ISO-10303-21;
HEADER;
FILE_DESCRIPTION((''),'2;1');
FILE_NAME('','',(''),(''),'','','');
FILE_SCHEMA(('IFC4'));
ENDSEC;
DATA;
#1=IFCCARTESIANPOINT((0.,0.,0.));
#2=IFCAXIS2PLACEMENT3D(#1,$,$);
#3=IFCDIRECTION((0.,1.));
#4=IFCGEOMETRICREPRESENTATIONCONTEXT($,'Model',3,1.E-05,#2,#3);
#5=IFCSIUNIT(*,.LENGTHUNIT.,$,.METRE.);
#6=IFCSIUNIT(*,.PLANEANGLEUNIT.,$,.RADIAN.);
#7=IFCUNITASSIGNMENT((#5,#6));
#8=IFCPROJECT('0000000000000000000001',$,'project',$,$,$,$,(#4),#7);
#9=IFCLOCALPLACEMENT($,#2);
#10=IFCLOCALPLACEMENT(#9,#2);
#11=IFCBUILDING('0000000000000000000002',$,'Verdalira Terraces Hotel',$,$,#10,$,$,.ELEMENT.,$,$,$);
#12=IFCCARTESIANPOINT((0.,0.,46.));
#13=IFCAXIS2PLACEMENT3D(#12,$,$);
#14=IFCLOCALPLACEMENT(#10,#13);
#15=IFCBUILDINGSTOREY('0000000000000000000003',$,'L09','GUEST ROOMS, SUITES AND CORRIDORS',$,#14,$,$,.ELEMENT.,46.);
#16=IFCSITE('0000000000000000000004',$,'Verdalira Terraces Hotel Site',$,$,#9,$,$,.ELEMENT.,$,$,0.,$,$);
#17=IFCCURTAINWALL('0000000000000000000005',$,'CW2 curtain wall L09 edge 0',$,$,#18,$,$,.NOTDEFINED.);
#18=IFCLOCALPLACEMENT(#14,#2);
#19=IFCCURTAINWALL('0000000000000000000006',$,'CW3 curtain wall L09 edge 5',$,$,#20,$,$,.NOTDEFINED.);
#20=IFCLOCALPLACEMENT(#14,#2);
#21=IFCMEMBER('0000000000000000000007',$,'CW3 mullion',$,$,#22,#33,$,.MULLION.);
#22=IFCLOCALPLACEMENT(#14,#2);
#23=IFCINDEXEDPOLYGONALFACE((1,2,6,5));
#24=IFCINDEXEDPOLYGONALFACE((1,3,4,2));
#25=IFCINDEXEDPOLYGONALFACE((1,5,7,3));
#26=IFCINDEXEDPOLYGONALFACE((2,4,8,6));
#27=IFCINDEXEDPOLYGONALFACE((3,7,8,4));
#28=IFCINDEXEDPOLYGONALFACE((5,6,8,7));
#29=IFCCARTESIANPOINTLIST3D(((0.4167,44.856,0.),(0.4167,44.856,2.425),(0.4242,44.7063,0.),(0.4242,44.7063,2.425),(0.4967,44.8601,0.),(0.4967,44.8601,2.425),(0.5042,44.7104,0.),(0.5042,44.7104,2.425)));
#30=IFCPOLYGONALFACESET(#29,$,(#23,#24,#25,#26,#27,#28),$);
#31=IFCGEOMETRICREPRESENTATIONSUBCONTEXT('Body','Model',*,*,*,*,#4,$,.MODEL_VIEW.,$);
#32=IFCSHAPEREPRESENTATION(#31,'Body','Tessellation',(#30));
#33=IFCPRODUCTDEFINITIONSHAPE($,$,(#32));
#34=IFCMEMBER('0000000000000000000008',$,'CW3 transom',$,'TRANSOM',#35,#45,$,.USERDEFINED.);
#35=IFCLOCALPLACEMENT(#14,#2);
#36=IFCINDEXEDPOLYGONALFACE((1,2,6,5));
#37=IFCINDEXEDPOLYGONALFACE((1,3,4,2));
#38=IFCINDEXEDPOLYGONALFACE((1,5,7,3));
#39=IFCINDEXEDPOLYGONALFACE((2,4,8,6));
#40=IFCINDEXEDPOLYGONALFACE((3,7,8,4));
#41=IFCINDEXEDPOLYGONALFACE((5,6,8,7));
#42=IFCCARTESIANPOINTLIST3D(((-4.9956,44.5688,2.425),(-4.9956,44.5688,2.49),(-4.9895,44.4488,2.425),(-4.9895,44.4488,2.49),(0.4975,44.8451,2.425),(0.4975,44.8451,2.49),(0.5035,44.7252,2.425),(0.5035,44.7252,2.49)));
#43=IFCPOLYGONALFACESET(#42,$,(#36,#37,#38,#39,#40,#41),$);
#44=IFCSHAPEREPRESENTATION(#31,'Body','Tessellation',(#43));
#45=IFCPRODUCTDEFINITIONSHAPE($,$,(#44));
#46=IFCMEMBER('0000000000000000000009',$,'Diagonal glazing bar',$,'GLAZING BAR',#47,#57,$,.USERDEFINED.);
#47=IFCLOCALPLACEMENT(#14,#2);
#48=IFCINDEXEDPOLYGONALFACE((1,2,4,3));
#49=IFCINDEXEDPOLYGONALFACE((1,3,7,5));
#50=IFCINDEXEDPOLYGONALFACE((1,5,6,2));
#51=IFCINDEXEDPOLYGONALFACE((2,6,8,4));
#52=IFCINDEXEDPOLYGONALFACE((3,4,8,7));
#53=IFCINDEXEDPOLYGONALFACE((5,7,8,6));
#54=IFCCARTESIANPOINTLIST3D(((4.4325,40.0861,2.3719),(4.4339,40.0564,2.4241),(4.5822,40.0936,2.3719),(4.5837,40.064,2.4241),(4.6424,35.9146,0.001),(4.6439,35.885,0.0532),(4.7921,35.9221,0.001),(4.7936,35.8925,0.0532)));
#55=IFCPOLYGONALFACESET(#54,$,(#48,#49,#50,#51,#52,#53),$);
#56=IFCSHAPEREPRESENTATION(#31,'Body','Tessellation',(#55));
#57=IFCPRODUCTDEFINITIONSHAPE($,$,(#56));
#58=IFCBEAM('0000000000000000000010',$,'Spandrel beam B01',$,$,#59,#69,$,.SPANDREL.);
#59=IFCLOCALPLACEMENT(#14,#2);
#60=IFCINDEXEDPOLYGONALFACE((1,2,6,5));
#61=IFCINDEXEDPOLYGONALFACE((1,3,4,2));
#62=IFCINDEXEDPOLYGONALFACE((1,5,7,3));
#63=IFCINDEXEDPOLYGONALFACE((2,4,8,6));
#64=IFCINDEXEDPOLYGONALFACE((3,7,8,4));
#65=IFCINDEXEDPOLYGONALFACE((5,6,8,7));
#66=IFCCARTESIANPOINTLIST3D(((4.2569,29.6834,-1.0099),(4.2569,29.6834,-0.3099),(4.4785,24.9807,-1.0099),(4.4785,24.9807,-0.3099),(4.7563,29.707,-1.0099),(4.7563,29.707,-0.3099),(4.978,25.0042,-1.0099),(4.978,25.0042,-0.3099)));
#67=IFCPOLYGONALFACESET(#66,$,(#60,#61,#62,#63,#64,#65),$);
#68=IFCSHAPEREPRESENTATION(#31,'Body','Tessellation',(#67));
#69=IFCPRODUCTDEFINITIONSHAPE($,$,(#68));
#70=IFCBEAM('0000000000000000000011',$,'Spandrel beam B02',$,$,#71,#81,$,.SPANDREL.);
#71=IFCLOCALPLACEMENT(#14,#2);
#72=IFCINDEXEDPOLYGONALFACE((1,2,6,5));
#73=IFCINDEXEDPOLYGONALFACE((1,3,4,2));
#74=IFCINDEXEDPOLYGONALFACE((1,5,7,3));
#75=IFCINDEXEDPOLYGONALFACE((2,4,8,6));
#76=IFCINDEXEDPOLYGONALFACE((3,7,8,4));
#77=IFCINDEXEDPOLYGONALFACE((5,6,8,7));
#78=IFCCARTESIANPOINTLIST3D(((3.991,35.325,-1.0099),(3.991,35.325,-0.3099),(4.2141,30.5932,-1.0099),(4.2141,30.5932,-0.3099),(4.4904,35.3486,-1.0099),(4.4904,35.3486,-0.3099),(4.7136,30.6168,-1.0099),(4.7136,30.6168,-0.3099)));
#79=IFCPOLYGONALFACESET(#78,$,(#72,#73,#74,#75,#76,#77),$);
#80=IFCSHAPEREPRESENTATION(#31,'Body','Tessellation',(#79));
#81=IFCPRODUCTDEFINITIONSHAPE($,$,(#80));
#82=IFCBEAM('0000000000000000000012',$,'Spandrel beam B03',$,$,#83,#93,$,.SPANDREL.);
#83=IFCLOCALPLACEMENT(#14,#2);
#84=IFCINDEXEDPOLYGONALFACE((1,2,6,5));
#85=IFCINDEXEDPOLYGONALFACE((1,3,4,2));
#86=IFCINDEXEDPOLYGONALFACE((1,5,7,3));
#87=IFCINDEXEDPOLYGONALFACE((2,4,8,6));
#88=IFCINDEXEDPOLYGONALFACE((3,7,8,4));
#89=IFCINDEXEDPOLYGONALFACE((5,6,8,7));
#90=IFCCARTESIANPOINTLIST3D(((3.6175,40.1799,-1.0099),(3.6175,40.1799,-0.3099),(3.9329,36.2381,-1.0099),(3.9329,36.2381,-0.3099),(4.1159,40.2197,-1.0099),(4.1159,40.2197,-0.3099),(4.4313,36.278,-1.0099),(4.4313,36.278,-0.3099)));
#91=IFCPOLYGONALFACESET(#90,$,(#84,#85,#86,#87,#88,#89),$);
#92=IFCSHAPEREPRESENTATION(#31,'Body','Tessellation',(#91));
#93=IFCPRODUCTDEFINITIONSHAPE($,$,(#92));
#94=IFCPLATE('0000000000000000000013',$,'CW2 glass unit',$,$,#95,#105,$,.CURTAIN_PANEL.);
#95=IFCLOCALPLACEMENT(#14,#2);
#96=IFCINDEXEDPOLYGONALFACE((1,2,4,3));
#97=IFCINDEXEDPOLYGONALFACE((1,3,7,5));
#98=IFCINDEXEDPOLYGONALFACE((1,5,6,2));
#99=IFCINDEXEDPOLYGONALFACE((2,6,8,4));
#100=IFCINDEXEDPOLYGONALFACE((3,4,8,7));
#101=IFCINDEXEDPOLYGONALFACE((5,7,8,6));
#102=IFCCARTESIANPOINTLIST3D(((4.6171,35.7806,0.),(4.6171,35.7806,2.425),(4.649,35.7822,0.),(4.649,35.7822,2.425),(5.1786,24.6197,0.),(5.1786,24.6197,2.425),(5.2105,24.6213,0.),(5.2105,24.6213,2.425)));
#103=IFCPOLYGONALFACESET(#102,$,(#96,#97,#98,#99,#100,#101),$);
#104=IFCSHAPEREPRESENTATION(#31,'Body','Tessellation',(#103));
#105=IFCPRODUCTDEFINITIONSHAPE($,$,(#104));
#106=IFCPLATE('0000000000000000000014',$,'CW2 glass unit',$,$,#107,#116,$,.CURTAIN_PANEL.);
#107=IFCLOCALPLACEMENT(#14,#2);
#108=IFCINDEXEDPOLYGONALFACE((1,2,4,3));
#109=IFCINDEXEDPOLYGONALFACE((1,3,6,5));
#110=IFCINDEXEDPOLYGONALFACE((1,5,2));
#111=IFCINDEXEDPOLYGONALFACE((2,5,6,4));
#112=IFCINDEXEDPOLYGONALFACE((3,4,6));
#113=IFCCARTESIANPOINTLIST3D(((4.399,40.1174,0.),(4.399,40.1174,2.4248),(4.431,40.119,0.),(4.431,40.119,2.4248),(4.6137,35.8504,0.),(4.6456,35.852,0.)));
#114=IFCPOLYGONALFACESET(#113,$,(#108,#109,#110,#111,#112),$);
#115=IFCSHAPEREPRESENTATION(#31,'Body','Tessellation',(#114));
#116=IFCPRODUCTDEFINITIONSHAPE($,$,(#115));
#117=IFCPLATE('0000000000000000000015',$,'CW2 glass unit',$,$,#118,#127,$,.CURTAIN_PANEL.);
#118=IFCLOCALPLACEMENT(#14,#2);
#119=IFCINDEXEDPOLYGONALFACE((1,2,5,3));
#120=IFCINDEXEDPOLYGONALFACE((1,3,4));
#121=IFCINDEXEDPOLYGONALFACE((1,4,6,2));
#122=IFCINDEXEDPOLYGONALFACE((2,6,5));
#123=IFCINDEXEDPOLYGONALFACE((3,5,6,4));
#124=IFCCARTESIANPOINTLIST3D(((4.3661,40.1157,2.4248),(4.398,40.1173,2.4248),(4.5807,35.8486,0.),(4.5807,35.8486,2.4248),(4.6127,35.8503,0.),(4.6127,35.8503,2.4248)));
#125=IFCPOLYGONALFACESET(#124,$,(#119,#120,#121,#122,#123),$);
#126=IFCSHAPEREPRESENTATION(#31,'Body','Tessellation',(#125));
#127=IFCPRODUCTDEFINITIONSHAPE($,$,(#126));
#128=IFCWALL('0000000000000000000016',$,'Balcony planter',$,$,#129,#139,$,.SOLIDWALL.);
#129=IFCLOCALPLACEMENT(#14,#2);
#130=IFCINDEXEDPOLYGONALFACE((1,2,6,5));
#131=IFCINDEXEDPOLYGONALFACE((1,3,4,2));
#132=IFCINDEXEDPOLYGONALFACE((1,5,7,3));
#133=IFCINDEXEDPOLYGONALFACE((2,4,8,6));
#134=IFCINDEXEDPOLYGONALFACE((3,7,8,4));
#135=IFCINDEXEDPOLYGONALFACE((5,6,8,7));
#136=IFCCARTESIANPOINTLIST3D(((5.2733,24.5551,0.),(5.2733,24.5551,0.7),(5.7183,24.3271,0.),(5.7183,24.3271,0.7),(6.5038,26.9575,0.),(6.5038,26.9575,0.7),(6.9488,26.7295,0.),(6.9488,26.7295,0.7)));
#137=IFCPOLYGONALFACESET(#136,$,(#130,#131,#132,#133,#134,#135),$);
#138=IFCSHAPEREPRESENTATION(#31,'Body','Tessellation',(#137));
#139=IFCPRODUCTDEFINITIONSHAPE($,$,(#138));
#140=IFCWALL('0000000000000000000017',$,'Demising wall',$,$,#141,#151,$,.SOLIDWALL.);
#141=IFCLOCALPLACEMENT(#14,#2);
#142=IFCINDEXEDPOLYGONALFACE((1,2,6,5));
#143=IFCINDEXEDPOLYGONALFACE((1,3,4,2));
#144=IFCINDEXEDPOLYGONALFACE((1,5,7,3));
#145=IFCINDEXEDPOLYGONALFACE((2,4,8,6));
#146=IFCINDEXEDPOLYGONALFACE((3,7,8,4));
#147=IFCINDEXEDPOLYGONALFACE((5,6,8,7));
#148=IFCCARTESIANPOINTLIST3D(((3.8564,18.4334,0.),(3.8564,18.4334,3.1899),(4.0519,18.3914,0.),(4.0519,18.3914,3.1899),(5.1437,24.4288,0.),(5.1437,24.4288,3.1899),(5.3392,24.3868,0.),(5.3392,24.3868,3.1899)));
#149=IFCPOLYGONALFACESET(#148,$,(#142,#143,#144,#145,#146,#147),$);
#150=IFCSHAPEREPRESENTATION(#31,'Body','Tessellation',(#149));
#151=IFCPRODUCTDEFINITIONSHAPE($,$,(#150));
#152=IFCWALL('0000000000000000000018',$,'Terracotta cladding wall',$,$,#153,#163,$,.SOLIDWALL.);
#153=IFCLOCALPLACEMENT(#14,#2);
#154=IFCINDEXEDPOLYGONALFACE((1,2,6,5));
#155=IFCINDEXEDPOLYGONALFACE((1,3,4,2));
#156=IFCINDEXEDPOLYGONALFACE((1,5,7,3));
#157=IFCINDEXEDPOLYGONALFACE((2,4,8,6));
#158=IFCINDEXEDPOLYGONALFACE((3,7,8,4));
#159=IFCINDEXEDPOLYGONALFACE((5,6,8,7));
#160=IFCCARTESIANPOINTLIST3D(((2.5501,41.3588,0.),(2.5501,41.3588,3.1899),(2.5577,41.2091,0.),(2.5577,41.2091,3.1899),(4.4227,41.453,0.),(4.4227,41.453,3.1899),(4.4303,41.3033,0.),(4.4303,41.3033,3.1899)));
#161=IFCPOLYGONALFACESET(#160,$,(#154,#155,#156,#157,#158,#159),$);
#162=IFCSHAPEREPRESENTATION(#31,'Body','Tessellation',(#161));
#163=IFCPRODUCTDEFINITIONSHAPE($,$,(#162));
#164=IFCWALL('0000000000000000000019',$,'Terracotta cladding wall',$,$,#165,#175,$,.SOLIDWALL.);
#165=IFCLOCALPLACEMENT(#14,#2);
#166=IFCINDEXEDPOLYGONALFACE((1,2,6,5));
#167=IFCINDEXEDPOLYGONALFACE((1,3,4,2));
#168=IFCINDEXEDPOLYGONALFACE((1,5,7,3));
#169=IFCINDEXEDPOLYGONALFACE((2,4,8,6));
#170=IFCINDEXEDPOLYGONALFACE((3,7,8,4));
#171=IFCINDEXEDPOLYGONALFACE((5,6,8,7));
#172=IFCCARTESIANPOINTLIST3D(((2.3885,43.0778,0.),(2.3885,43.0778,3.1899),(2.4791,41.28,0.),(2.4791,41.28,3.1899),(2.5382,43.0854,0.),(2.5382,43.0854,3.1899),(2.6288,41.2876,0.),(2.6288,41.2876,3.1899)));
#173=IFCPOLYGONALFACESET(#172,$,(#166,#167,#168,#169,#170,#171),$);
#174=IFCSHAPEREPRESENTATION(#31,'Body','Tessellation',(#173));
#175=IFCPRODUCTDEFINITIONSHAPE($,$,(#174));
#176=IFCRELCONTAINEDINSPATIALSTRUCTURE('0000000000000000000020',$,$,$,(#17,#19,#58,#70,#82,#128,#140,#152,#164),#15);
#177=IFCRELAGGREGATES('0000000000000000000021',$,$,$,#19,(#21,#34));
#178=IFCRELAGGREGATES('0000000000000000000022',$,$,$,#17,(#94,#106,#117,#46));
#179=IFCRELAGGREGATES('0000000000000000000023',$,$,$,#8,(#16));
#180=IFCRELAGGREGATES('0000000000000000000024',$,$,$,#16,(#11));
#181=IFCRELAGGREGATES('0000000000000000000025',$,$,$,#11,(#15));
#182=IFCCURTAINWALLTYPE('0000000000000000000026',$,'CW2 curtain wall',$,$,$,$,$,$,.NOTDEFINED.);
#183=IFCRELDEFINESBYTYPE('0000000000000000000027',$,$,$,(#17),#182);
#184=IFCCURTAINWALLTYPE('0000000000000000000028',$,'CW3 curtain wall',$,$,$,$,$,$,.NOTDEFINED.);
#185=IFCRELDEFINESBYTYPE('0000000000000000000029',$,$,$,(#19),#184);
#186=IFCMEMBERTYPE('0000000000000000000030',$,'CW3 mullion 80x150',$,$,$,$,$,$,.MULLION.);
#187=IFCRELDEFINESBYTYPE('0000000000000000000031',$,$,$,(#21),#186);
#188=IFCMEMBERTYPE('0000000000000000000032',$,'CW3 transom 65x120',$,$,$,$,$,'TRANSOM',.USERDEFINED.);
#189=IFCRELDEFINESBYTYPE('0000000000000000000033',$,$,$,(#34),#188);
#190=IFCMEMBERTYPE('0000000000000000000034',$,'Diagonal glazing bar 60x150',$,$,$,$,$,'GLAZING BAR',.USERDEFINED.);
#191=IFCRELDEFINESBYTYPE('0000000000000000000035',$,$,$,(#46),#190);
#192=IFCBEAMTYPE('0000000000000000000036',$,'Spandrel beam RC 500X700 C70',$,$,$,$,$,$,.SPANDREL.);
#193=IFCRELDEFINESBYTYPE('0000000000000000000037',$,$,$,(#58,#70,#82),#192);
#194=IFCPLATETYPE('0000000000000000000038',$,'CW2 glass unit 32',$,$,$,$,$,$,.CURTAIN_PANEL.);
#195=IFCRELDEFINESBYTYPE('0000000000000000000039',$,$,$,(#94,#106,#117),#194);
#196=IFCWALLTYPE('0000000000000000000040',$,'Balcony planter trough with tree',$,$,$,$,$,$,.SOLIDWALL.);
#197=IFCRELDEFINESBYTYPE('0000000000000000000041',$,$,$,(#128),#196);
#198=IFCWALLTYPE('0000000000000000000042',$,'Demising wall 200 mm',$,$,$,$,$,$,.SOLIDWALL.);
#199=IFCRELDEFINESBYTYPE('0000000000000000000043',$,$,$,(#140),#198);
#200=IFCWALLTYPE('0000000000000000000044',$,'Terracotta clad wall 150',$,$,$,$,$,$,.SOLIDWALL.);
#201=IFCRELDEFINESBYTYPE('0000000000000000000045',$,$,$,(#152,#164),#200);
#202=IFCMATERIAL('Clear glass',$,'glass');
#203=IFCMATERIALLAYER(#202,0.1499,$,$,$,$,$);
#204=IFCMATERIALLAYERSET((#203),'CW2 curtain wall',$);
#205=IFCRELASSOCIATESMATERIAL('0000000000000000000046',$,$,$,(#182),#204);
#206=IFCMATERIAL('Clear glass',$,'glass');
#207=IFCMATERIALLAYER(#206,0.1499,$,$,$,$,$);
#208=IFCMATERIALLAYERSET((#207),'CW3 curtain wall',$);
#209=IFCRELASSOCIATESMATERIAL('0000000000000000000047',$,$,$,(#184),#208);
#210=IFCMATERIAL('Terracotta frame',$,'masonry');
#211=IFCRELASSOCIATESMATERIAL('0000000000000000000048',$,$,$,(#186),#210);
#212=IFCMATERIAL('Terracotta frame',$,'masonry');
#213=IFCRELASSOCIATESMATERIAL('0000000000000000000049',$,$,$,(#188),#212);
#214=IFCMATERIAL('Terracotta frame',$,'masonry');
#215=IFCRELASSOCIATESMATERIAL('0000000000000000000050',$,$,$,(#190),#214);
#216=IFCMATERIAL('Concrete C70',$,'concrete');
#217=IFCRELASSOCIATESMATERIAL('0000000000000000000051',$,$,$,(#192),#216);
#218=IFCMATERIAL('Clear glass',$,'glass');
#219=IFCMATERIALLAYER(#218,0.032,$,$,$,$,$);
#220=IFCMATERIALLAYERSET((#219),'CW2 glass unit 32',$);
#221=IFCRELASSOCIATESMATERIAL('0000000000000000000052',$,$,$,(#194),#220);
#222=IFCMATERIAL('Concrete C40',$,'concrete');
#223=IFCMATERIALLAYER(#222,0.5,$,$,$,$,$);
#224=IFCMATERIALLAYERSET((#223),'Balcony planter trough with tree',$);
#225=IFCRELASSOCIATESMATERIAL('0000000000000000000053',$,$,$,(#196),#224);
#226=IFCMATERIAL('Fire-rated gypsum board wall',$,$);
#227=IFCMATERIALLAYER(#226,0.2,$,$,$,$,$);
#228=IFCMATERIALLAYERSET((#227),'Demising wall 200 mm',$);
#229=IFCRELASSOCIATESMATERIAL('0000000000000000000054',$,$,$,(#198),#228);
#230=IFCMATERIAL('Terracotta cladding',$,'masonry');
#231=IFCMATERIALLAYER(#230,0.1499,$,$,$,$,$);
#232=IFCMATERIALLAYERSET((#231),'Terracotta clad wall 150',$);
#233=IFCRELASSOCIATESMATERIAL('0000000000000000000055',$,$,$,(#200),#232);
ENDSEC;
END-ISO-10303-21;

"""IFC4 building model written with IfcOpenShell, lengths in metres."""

from ifc_helpers import new_model, si_unit, direction, frame, frame_2d, origin, origin_2d, place, context, subcontext, project, spatial, polyline, rectangle, outline, extrude, material, layer, layer_set, material_profile, profile_set, type_object, element, aggregate, save


model = new_model("IFC4")

# Units and contexts
model_context = context("Model", 3, precision=1e-05, world=origin(), true_north=direction((0.0, 1.0)))
body_context = subcontext(model_context, "Body", "Model", "MODEL_VIEW")
ifc_project = project(units=[si_unit("LENGTHUNIT", "METRE"), si_unit("PLANEANGLEUNIT", "RADIAN")], contexts=[model_context])

# Site, building, storey
site_placement = place(None, origin())
site = spatial("IfcSite", under=ifc_project, at=site_placement, Name="Verdalira Terraces Hotel Site", CompositionType="ELEMENT", RefElevation=0.0)
building_placement = place(site_placement, origin())
building = spatial("IfcBuilding", under=site, at=building_placement, Name="Verdalira Terraces Hotel", CompositionType="ELEMENT")
storey_placement = place(building_placement, frame((0.0, 0.0, 46.0)))
storey = spatial("IfcBuildingStorey", under=building, at=storey_placement, Name="L09", Description="GUEST ROOMS, SUITES AND CORRIDORS", CompositionType="ELEMENT", Elevation=46.0)

# Curtain walls, members
ifc_material_1 = material(Name="Clear glass", Category="glass")
ifc_layer_1 = layer(ifc_material_1, 0.1499)
ifc_layer_set_1 = layer_set([ifc_layer_1], Name="CW2 curtain wall")
curtain_wall_type_1 = type_object("IfcCurtainWallType", Name="CW2 curtain wall", PredefinedType="NOTDEFINED", material=ifc_layer_set_1)
curtain_wall_1_placement = place(storey_placement, origin())
curtain_wall_1 = element("IfcCurtainWall", 1, at=curtain_wall_1_placement, inside=storey, type_object=curtain_wall_type_1, Name="CW2 curtain wall L09 edge 0", PredefinedType="NOTDEFINED")
ifc_material_2 = material(Name="Clear glass", Category="glass")
ifc_layer_2 = layer(ifc_material_2, 0.1499)
ifc_layer_set_2 = layer_set([ifc_layer_2], Name="CW3 curtain wall")
curtain_wall_type_2 = type_object("IfcCurtainWallType", Name="CW3 curtain wall", PredefinedType="NOTDEFINED", material=ifc_layer_set_2)
curtain_wall_2_placement = place(storey_placement, origin())
curtain_wall_2 = element("IfcCurtainWall", 2, at=curtain_wall_2_placement, inside=storey, type_object=curtain_wall_type_2, Name="CW3 curtain wall L09 edge 5", PredefinedType="NOTDEFINED")
ifc_material_3 = material(Name="Terracotta frame", Category="masonry")
ifc_material_profile_1 = material_profile(ifc_material_3, rectangle(XDim=0.0801, YDim=0.1499, at=origin_2d()), Name="MU 80x150")
ifc_profile_set_1 = profile_set([ifc_material_profile_1], Name="Terracotta frame")
member_type_1 = type_object("IfcMemberType", Name="CW3 mullion 80x150", PredefinedType="MULLION", material=ifc_profile_set_1)
member_1_placement = place(storey_placement, frame((0.4604, 44.7832, 0.0), z_axis=(0.0, 0.0, 1.0), x_axis=(-0.998737, -0.050244, 0.0)))
member_1 = element("IfcMember", 3, at=member_1_placement, type_object=member_type_1, Name="CW3 mullion", PredefinedType="MULLION", context=body_context, shape_type="SweptSolid", body=[
    extrude(rectangle(XDim=0.0801, YDim=0.1499, at=origin_2d()), origin(), (0.0, 0.0, 1.0), 2.425),
])
ifc_material_4 = material(Name="Terracotta frame", Category="masonry")
ifc_material_profile_2 = material_profile(ifc_material_4, rectangle(XDim=0.1201, YDim=0.0649, at=origin_2d()), Name="TR 65x120")
ifc_profile_set_2 = profile_set([ifc_material_profile_2], Name="Terracotta frame")
member_type_2 = type_object("IfcMemberType", Name="CW3 transom 65x120", ElementType="TRANSOM", PredefinedType="USERDEFINED", material=ifc_profile_set_2)
member_2_placement = place(storey_placement, frame((0.5005, 44.7852, 2.4575), z_axis=(-0.998737, -0.050248, 0.0), x_axis=(0.050248, -0.998737, 0.0)))
member_2 = element("IfcMember", 4, at=member_2_placement, type_object=member_type_2, Name="CW3 transom", ObjectType="TRANSOM", PredefinedType="USERDEFINED", context=body_context, shape_type="SweptSolid", body=[
    extrude(rectangle(XDim=0.1201, YDim=0.0649, at=origin_2d()), origin(), (0.0, 0.0, 1.0), 5.5),
])
aggregate(curtain_wall_2, [member_1, member_2])

# Member
ifc_material_5 = material(Name="Terracotta frame", Category="masonry")
ifc_material_profile_3 = material_profile(ifc_material_5, rectangle(XDim=0.1499, YDim=0.0601, at=origin_2d()), Name="GB 60x150")
ifc_profile_set_3 = profile_set([ifc_material_profile_3], Name="Terracotta frame")
member_type_3 = type_object("IfcMemberType", Name="Diagonal glazing bar 60x150", ElementType="GLAZING BAR", PredefinedType="USERDEFINED", material=ifc_profile_set_3)
member_3_placement = place(storey_placement, frame((4.718, 35.9036, 0.0271), z_axis=(-0.043718, 0.868559, 0.493654), x_axis=(-0.998736, -0.05027, 0.0)))
member_3 = element("IfcMember", 5, at=member_3_placement, type_object=member_type_3, Name="Diagonal glazing bar", ObjectType="GLAZING BAR", PredefinedType="USERDEFINED", context=body_context, shape_type="SweptSolid", body=[
    extrude(rectangle(XDim=0.1499, YDim=0.0601, at=origin_2d()), origin(), (0.0, 0.0, 1.0), 4.8027),
])

# Beams
ifc_material_6 = material(Name="Concrete C70", Category="concrete")
ifc_material_profile_4 = material_profile(ifc_material_6, rectangle(XDim=0.5, YDim=0.7, at=origin_2d()), Name="RC 500X700")
ifc_profile_set_4 = profile_set([ifc_material_profile_4], Name="Concrete C70")
beam_type_1 = type_object("IfcBeamType", Name="Spandrel beam RC 500X700 C70", PredefinedType="SPANDREL", material=ifc_profile_set_4)
beam_1_placement = place(storey_placement, frame((4.7283, 24.9924, -0.6599), z_axis=(-0.047085, 0.998891, 0.0), x_axis=(-0.998891, -0.047085, 0.0)))
element("IfcBeam", 6, at=beam_1_placement, inside=storey, type_object=beam_type_1, Name="Spandrel beam B01", PredefinedType="SPANDREL", context=body_context, shape_type="SweptSolid", body=[
    extrude(rectangle(XDim=0.5, YDim=0.7, at=origin_2d()), origin(), (0.0, 0.0, 1.0), 4.708),
])
beam_2_placement = place(storey_placement, frame((4.4639, 30.605, -0.6599), z_axis=(-0.047107, 0.99889, 0.0), x_axis=(-0.99889, -0.047107, 0.0)))
element("IfcBeam", 7, at=beam_2_placement, inside=storey, type_object=beam_type_1, Name="Spandrel beam B02", PredefinedType="SPANDREL", context=body_context, shape_type="SweptSolid", body=[
    extrude(rectangle(XDim=0.5, YDim=0.7, at=origin_2d()), origin(), (0.0, 0.0, 1.0), 4.7371),
])
beam_3_placement = place(storey_placement, frame((4.1821, 36.2581, -0.6599), z_axis=(-0.07977, 0.996813, 0.0), x_axis=(-0.996813, -0.07977, 0.0)))
element("IfcBeam", 8, at=beam_3_placement, inside=storey, type_object=beam_type_1, Name="Spandrel beam B03", PredefinedType="SPANDREL", context=body_context, shape_type="SweptSolid", body=[
    extrude(rectangle(XDim=0.5, YDim=0.7, at=origin_2d()), origin(), (0.0, 0.0, 1.0), 3.9543),
])

# Plates
ifc_material_7 = material(Name="Clear glass", Category="glass")
ifc_layer_3 = layer(ifc_material_7, 0.032)
ifc_layer_set_3 = layer_set([ifc_layer_3], Name="CW2 glass unit 32")
plate_type = type_object("IfcPlateType", Name="CW2 glass unit 32", PredefinedType="CURTAIN_PANEL", material=ifc_layer_set_3)
plate_1_placement = place(storey_placement, frame((4.9138, 30.2009, 0.0), z_axis=(0.0, 0.0, 1.0), x_axis=(-0.050244, 0.998737, 0.0)))
plate_1 = element("IfcPlate", 9, at=plate_1_placement, type_object=plate_type, Name="CW2 glass unit", PredefinedType="CURTAIN_PANEL", context=body_context, shape_type="SweptSolid", body=[
    extrude(rectangle(XDim=11.175, YDim=0.032, at=origin_2d()), origin(), (0.0, 0.0, 1.0), 2.425),
])
plate_2_placement = place(storey_placement, frame((4.5063, 37.9839, 1.2124), z_axis=(0.998737, 0.050244, 0.0), x_axis=(-0.050244, 0.998737, 0.0)))
plate_2 = element("IfcPlate", 10, at=plate_2_placement, type_object=plate_type, Name="CW2 glass unit", PredefinedType="CURTAIN_PANEL", context=body_context, shape_type="SweptSolid", body=[
    extrude(outline(polyline([(-2.1362, -1.2124), (2.1362, -1.2124), (2.1362, 1.2124), (-2.1362, -1.2124)])), origin(), (0.0, 0.0, 1.0), 0.032),
])
plate_3_placement = place(storey_placement, frame((4.4734, 37.9822, 1.2124), z_axis=(0.998737, 0.050244, 0.0), x_axis=(-0.050244, 0.998737, 0.0)))
plate_3 = element("IfcPlate", 11, at=plate_3_placement, type_object=plate_type, Name="CW2 glass unit", PredefinedType="CURTAIN_PANEL", context=body_context, shape_type="SweptSolid", body=[
    extrude(outline(polyline([(-2.1362, -1.2124), (2.1362, 1.2124), (-2.1362, 1.2124), (-2.1362, -1.2124)])), origin(), (0.0, 0.0, 1.0), 0.032),
])
aggregate(curtain_wall_1, [plate_1, plate_2, plate_3, member_3])

# Walls
ifc_material_8 = material(Name="Concrete C40", Category="concrete")
ifc_layer_4 = layer(ifc_material_8, 0.5)
ifc_layer_set_4 = layer_set([ifc_layer_4], Name="Balcony planter trough with tree")
wall_type_1 = type_object("IfcWallType", Name="Balcony planter trough with tree", PredefinedType="SOLIDWALL", material=ifc_layer_set_4)
wall_1_placement = place(storey_placement, frame((6.7263, 26.8435, 0.0), z_axis=(0.0, 0.0, 1.0), x_axis=(-0.455876, -0.890043, 0.0)))
element("IfcWall", 12, at=wall_1_placement, inside=storey, type_object=wall_type_1, Name="Balcony planter", PredefinedType="SOLIDWALL", context=body_context, shape_type="SweptSolid", body=[
    extrude(rectangle(XDim=2.6992, YDim=0.5, at=frame_2d((1.3496, 0.0))), origin(), (0.0, 0.0, 1.0), 0.7),
])
ifc_material_9 = material(Name="Fire-rated gypsum board wall")
ifc_layer_5 = layer(ifc_material_9, 0.2)
ifc_layer_set_5 = layer_set([ifc_layer_5], Name="Demising wall 200 mm")
wall_type_2 = type_object("IfcWallType", Name="Demising wall 200 mm", PredefinedType="SOLIDWALL", material=ifc_layer_set_5)
wall_2_placement = place(storey_placement, frame((5.2415, 24.4077, 0.0), z_axis=(0.0, 0.0, 1.0), x_axis=(-0.20994, -0.977714, 0.0)))
element("IfcWall", 13, at=wall_2_placement, inside=storey, type_object=wall_type_2, Name="Demising wall", PredefinedType="SOLIDWALL", context=body_context, shape_type="SweptSolid", body=[
    extrude(rectangle(XDim=6.1321, YDim=0.2, at=frame_2d((3.0659, 0.0))), origin(), (0.0, 0.0, 1.0), 3.1899),
])
ifc_material_10 = material(Name="Terracotta cladding", Category="masonry")
ifc_layer_6 = layer(ifc_material_10, 0.1499)
ifc_layer_set_6 = layer_set([ifc_layer_6], Name="Terracotta clad wall 150")
wall_type_3 = type_object("IfcWallType", Name="Terracotta clad wall 150", PredefinedType="SOLIDWALL", material=ifc_layer_set_6)
wall_3_placement = place(storey_placement, frame((4.4265, 41.3782, 0.0), z_axis=(0.0, 0.0, 1.0), x_axis=(-0.998736, -0.050262, 0.0)))
element("IfcWall", 14, at=wall_3_placement, inside=storey, type_object=wall_type_3, Name="Terracotta cladding wall", PredefinedType="SOLIDWALL", context=body_context, shape_type="SweptSolid", body=[
    extrude(rectangle(XDim=1.875, YDim=0.1499, at=frame_2d((0.9375, 0.0))), origin(), (0.0, 0.0, 1.0), 3.1899),
])
wall_4_placement = place(storey_placement, frame((2.554, 41.2839, 0.0), z_axis=(0.0, 0.0, 1.0), x_axis=(-0.050316, 0.998733, 0.0)))
element("IfcWall", 15, at=wall_4_placement, inside=storey, type_object=wall_type_3, Name="Terracotta cladding wall", PredefinedType="SOLIDWALL", context=body_context, shape_type="SweptSolid", body=[
    extrude(rectangle(XDim=1.8, YDim=0.1499, at=frame_2d((0.8999, 0.0))), origin(), (0.0, 0.0, 1.0), 3.1899),
])

save(model, "model.ifc")
